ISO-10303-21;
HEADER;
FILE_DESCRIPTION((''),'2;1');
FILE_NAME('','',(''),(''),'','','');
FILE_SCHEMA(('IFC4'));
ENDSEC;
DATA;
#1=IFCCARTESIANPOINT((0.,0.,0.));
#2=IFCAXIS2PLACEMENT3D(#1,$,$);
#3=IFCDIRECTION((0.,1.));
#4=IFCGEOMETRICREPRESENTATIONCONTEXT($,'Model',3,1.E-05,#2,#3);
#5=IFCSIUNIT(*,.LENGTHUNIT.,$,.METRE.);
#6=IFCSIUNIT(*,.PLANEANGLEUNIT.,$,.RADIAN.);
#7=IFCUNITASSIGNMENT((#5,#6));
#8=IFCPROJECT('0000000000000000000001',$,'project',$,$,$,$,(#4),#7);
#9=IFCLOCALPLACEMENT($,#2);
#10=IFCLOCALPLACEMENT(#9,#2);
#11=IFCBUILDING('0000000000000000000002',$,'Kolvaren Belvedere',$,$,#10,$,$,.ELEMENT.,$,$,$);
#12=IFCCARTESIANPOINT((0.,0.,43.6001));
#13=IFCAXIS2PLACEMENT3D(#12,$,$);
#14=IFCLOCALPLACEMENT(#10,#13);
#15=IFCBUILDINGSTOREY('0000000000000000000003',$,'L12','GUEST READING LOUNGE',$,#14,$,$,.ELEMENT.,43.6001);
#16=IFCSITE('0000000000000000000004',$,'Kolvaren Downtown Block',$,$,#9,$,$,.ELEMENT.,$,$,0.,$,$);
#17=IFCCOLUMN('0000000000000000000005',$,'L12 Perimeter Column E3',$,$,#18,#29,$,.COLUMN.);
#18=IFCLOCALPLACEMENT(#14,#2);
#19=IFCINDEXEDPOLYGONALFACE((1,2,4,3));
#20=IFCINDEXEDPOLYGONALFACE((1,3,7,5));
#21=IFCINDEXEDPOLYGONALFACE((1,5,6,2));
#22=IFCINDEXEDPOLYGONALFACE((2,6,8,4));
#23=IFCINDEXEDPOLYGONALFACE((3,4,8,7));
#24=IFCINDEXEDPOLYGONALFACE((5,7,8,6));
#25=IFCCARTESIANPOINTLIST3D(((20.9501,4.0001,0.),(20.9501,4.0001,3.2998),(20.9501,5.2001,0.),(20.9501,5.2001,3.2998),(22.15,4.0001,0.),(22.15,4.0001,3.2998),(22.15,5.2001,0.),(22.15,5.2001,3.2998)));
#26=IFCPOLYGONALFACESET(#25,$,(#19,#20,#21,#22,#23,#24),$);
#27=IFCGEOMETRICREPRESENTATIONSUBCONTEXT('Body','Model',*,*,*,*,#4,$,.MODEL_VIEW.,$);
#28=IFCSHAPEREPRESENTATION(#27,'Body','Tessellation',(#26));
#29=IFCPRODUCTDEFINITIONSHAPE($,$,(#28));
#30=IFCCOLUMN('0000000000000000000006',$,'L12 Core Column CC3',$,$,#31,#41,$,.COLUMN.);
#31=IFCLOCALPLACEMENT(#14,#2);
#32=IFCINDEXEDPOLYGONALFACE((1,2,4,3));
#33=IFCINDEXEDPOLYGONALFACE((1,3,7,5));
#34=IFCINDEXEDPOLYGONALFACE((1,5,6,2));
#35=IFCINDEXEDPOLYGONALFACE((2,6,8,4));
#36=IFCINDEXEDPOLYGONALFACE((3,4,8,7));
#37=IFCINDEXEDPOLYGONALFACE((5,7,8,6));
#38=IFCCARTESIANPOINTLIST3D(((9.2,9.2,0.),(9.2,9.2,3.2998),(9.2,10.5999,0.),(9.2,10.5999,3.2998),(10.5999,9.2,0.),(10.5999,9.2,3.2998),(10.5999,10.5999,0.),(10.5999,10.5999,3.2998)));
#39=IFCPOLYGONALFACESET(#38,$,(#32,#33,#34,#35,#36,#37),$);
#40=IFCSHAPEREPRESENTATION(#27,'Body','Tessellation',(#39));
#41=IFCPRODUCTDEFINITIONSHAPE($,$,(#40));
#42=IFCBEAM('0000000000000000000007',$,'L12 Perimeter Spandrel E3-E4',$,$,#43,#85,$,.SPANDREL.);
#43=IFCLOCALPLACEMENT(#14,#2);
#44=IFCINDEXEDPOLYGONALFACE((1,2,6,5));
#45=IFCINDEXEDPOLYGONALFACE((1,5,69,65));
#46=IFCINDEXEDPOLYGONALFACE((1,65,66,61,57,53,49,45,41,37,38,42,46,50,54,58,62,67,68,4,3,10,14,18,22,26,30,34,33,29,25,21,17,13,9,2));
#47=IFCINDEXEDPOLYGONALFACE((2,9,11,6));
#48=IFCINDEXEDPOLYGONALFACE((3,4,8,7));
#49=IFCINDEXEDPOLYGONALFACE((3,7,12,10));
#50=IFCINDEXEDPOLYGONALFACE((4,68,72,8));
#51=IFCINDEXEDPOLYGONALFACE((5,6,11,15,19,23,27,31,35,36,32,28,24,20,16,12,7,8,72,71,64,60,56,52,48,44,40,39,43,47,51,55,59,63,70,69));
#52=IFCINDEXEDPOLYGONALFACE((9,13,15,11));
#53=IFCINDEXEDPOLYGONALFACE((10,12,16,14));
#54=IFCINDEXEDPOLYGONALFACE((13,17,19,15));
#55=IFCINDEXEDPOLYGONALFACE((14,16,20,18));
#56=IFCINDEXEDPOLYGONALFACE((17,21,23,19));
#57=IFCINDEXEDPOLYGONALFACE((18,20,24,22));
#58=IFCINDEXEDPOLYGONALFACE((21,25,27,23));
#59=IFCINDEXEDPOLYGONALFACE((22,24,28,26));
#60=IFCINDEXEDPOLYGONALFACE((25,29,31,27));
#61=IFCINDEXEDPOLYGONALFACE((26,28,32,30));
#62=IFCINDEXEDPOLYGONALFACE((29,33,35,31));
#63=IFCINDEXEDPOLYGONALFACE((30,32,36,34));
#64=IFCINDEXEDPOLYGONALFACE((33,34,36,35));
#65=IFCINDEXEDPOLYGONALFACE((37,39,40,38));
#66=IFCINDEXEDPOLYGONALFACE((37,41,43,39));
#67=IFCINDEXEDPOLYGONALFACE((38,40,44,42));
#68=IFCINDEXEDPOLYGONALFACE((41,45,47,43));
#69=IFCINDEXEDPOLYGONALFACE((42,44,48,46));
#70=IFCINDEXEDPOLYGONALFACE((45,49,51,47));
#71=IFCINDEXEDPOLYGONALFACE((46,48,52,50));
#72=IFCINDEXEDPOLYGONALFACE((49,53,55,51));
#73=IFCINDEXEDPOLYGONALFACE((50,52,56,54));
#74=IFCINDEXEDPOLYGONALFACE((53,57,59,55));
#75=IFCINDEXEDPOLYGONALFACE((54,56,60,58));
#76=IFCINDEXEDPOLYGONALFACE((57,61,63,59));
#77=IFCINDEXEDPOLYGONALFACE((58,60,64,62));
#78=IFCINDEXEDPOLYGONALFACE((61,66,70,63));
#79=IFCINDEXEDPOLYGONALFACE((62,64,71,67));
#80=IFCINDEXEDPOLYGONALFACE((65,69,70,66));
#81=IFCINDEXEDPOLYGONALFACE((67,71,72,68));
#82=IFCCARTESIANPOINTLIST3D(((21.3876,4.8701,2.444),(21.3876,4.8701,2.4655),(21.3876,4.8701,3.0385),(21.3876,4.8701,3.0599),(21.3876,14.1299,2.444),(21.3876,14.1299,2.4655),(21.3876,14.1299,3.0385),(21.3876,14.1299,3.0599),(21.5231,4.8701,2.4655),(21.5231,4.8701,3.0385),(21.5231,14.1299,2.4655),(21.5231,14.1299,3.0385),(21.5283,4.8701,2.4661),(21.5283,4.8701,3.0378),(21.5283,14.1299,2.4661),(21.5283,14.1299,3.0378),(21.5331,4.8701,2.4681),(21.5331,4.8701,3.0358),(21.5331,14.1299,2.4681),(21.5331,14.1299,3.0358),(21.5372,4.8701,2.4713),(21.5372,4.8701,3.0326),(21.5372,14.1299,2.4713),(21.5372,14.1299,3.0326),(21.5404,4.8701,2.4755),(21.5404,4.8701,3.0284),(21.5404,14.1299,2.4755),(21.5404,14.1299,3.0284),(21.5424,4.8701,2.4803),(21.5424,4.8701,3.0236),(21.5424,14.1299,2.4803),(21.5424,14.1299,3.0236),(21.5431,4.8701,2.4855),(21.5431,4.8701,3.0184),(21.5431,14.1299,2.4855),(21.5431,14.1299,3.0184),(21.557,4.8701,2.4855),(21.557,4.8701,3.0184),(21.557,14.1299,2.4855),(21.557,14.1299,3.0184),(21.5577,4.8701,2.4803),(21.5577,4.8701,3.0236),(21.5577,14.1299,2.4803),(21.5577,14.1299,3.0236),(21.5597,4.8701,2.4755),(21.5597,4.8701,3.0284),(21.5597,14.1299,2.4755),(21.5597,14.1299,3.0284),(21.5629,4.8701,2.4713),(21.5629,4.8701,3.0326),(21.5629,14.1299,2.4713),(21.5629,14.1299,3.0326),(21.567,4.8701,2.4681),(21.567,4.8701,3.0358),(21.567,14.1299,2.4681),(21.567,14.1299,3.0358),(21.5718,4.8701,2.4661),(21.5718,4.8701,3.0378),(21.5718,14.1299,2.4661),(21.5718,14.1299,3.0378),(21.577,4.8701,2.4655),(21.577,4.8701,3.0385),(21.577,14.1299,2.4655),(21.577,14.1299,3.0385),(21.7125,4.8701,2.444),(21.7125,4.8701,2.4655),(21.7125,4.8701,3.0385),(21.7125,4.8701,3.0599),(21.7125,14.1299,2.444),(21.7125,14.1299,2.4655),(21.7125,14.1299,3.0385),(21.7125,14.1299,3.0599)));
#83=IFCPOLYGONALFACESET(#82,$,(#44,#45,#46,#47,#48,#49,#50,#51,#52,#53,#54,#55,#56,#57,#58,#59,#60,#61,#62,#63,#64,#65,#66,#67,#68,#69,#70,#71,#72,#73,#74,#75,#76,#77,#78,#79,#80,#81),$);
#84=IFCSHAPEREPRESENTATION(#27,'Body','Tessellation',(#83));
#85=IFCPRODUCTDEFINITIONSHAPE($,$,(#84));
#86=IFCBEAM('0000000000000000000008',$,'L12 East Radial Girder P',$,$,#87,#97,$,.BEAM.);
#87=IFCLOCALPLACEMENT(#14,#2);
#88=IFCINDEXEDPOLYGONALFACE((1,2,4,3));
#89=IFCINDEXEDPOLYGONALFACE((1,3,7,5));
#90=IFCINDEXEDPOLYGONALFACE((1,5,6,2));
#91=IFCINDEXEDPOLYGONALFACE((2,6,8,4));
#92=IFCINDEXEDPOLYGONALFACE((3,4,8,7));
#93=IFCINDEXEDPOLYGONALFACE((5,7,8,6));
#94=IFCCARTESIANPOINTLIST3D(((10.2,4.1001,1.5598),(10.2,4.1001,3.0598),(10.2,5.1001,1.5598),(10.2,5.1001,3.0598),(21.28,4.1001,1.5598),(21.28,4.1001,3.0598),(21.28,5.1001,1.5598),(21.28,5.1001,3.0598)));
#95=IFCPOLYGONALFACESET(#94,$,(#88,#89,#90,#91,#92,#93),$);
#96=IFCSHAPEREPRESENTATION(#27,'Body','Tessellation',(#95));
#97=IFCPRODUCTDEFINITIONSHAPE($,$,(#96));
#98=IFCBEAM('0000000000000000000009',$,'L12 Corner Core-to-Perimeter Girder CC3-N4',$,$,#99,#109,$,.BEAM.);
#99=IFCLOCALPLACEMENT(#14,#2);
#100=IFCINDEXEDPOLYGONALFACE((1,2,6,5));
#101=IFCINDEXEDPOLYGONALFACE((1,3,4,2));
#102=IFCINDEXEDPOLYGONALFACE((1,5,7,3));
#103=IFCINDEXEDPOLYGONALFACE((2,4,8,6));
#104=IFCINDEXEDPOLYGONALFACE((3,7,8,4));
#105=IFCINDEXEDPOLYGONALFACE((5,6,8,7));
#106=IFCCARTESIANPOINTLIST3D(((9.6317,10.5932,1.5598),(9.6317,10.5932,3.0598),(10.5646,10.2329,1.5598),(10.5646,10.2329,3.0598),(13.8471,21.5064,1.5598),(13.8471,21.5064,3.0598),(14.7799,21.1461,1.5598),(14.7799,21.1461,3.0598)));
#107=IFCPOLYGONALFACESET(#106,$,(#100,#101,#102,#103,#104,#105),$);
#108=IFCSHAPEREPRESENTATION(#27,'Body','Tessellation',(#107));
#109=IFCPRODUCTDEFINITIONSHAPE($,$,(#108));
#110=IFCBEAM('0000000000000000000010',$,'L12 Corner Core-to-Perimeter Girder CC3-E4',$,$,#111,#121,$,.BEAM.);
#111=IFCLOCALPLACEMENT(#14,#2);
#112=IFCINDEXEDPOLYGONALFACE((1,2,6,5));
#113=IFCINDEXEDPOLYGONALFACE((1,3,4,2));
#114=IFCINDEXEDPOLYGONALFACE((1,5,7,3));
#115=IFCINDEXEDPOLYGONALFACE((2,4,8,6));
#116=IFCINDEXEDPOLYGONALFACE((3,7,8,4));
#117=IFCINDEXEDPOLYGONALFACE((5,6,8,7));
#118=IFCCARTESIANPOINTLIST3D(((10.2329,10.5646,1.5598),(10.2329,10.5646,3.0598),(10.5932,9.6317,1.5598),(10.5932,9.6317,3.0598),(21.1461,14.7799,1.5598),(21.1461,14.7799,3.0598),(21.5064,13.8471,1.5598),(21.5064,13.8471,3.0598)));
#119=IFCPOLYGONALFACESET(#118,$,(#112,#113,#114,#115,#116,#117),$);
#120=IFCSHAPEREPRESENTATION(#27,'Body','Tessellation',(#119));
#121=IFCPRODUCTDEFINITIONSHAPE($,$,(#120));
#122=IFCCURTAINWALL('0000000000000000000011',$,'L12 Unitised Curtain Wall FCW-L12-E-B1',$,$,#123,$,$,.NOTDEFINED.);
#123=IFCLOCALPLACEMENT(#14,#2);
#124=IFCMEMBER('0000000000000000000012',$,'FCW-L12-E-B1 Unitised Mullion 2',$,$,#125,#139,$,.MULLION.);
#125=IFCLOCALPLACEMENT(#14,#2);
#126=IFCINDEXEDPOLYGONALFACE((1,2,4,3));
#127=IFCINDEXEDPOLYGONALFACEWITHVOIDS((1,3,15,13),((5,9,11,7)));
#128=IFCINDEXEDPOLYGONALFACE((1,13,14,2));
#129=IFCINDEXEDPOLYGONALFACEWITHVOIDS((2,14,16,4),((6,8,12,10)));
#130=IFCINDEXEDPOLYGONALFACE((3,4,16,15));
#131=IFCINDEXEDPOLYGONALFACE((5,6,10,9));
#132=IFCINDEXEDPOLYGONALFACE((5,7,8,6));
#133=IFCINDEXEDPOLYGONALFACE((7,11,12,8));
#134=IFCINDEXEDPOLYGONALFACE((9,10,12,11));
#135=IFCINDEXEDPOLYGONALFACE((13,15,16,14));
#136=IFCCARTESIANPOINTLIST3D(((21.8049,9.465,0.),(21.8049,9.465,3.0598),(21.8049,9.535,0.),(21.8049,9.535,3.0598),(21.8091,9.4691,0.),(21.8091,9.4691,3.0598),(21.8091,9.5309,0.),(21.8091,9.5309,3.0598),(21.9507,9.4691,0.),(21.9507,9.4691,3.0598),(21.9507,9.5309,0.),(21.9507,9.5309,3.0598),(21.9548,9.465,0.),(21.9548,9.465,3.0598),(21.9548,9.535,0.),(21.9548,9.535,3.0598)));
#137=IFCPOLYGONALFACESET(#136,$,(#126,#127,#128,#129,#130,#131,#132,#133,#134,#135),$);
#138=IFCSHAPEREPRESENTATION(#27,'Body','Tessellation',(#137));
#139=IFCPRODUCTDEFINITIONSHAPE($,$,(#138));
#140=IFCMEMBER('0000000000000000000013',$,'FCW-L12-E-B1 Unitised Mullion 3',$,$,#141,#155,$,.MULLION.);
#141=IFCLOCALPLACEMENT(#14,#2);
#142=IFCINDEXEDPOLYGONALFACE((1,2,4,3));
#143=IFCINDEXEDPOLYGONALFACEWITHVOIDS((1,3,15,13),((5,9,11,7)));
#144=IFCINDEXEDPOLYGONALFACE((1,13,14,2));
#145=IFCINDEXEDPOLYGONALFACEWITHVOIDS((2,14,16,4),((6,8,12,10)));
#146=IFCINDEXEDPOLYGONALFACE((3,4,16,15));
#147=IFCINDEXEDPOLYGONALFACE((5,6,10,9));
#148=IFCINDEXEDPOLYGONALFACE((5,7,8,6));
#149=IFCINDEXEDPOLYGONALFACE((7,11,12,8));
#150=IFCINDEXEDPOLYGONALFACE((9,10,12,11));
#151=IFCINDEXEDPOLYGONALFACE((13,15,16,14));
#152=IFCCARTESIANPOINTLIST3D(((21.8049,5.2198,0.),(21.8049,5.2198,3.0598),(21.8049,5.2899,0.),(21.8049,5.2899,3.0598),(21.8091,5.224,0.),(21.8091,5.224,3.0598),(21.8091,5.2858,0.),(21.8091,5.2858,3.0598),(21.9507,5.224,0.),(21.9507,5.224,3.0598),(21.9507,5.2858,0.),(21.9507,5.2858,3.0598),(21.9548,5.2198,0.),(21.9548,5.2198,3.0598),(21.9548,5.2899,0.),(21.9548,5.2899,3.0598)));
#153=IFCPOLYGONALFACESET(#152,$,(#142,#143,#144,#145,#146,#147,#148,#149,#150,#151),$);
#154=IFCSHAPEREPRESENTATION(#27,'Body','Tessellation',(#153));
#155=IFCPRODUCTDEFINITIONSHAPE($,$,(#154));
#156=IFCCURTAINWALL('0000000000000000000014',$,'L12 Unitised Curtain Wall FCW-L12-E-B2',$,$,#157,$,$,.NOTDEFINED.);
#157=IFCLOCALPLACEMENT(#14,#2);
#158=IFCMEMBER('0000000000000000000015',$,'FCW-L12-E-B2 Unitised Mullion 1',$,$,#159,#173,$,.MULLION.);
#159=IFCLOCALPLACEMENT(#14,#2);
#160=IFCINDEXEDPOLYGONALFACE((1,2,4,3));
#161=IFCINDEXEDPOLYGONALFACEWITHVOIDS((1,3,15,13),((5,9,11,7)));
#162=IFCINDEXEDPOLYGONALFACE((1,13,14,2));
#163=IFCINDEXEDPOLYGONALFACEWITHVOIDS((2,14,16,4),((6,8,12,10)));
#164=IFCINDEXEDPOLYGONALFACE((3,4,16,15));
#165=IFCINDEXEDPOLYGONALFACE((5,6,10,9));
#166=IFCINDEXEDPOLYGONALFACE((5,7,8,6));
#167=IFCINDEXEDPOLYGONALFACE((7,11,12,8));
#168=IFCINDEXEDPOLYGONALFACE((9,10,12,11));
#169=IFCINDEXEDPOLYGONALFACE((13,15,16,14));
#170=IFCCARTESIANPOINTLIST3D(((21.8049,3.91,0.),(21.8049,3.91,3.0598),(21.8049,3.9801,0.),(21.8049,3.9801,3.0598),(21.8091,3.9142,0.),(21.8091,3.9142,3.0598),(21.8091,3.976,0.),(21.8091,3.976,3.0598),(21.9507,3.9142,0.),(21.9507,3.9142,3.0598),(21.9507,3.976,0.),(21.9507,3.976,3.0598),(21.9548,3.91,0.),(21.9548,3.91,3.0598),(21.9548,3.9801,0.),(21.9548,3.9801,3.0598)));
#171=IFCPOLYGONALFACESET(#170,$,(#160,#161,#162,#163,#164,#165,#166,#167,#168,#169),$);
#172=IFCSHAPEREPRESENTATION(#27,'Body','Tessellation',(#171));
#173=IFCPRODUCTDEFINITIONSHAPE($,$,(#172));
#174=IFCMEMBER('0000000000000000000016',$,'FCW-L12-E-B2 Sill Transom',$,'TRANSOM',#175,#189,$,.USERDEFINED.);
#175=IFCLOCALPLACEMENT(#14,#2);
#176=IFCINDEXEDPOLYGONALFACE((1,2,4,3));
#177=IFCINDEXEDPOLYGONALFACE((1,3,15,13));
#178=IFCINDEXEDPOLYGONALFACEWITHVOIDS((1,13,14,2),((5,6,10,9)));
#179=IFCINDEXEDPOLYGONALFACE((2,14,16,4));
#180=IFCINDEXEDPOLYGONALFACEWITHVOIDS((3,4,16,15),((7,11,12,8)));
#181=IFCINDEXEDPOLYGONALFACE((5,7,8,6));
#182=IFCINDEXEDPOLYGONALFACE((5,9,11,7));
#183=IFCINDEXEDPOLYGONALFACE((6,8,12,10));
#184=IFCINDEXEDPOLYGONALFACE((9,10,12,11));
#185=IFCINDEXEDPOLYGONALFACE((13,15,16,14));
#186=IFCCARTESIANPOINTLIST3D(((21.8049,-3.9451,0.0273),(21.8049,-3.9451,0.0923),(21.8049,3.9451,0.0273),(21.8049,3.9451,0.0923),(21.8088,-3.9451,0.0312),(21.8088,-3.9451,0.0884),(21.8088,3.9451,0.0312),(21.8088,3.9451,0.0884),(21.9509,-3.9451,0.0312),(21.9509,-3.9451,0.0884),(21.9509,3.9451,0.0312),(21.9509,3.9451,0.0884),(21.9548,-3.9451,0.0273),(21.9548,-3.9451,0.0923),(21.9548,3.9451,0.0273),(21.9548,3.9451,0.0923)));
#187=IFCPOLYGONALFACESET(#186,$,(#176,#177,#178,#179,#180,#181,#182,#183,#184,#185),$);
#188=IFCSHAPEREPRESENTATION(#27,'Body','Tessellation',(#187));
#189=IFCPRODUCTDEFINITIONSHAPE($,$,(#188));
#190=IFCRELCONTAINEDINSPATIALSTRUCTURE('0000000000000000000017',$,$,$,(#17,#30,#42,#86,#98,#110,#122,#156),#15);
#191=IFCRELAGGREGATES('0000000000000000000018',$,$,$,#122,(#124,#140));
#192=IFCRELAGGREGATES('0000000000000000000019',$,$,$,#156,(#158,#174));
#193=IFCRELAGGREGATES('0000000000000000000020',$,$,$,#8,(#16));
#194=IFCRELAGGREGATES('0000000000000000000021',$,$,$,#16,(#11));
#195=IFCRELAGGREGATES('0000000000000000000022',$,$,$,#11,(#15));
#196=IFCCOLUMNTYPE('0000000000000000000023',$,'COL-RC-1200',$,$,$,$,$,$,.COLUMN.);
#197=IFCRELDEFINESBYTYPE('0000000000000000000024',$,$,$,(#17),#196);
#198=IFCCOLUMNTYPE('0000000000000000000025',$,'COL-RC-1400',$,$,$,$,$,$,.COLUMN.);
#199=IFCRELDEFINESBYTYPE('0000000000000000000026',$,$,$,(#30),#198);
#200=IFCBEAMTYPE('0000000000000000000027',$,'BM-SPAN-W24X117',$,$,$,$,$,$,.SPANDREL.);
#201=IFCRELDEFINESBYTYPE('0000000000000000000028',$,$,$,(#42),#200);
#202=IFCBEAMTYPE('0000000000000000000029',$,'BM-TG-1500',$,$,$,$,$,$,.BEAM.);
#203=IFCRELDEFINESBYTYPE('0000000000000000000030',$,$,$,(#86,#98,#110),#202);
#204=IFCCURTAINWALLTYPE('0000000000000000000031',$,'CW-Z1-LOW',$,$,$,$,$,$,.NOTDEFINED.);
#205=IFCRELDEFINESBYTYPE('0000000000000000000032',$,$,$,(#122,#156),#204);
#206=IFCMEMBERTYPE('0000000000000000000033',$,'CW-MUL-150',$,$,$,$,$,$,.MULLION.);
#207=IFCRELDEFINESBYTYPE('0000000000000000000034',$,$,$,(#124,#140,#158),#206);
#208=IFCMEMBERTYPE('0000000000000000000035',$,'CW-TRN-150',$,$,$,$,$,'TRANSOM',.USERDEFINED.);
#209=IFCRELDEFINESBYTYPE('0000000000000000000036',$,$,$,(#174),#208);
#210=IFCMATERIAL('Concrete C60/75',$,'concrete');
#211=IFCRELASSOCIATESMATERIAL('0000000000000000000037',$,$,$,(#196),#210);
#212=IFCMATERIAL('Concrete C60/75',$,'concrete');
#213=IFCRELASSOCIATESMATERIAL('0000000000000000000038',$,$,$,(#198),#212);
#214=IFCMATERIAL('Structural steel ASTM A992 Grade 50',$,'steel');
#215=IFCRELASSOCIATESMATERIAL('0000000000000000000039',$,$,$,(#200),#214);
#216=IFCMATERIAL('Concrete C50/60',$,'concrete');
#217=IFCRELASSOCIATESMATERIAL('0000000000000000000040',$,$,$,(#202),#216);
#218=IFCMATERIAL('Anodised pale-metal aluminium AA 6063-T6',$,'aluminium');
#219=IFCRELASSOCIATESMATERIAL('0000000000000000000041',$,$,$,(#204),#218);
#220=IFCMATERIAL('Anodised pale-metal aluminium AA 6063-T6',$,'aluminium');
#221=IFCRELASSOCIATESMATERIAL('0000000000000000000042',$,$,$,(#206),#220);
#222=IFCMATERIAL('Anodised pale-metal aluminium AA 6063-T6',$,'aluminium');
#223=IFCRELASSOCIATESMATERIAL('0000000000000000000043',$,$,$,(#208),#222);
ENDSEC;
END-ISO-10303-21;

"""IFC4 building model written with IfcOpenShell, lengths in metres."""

from ifc_helpers import new_model, si_unit, direction, frame, origin, origin_2d, place, context, subcontext, project, spatial, rectangle, hollow_rectangle, i_section, extrude, material, material_profile, profile_set, type_object, element, aggregate, save


model = new_model("IFC4")

# Units and contexts
model_context = context("Model", 3, precision=1e-05, world=origin(), true_north=direction((0.0, 1.0)))
body_context = subcontext(model_context, "Body", "Model", "MODEL_VIEW")
ifc_project = project(units=[si_unit("LENGTHUNIT", "METRE"), si_unit("PLANEANGLEUNIT", "RADIAN")], contexts=[model_context])

# Site, building, storey
site_placement = place(None, origin())
site = spatial("IfcSite", under=ifc_project, at=site_placement, Name="Kolvaren Downtown Block", CompositionType="ELEMENT", RefElevation=0.0)
building_placement = place(site_placement, origin())
building = spatial("IfcBuilding", under=site, at=building_placement, Name="Kolvaren Belvedere", CompositionType="ELEMENT")
storey_placement = place(building_placement, frame((0.0, 0.0, 43.6001)))
storey = spatial("IfcBuildingStorey", under=building, at=storey_placement, Name="L12", Description="GUEST READING LOUNGE", CompositionType="ELEMENT", Elevation=43.6001)

# Columns
ifc_material_1 = material(Name="Concrete C60/75", Category="concrete")
ifc_material_profile_1 = material_profile(ifc_material_1, rectangle(XDim=1.2, YDim=1.2, at=origin_2d()), Name="RC 1200X1200")
ifc_profile_set_1 = profile_set([ifc_material_profile_1], Name="Concrete C60/75")
column_type_1 = type_object("IfcColumnType", Name="COL-RC-1200", PredefinedType="COLUMN", material=ifc_profile_set_1)
column_1_placement = place(storey_placement, frame((21.55, 4.6001, 0.0), z_axis=(0.0, 0.0, 1.0), x_axis=(1.0, 0.0, 0.0)))
element("IfcColumn", 1, at=column_1_placement, inside=storey, type_object=column_type_1, Name="L12 Perimeter Column E3", PredefinedType="COLUMN", context=body_context, shape_type="SweptSolid", body=[
    extrude(rectangle(XDim=1.2, YDim=1.2, at=origin_2d()), origin(), (0.0, 0.0, 1.0), 3.2998),
])
ifc_material_2 = material(Name="Concrete C60/75", Category="concrete")
ifc_material_profile_2 = material_profile(ifc_material_2, rectangle(XDim=1.3999, YDim=1.3999, at=origin_2d()), Name="RC 1400X1400")
ifc_profile_set_2 = profile_set([ifc_material_profile_2], Name="Concrete C60/75")
column_type_2 = type_object("IfcColumnType", Name="COL-RC-1400", PredefinedType="COLUMN", material=ifc_profile_set_2)
column_2_placement = place(storey_placement, frame((9.8999, 9.8999, 0.0), z_axis=(0.0, 0.0, 1.0), x_axis=(1.0, 0.0, 0.0)))
element("IfcColumn", 2, at=column_2_placement, inside=storey, type_object=column_type_2, Name="L12 Core Column CC3", PredefinedType="COLUMN", context=body_context, shape_type="SweptSolid", body=[
    extrude(rectangle(XDim=1.3999, YDim=1.3999, at=origin_2d()), origin(), (0.0, 0.0, 1.0), 3.2998),
])

# Beams
ifc_material_3 = material(Name="Structural steel ASTM A992 Grade 50", Category="steel")
ifc_material_profile_3 = material_profile(ifc_material_3, i_section(OverallWidth=0.325, OverallDepth=0.616, WebThickness=0.0139, FlangeThickness=0.0215, FilletRadius=0.02, at=origin_2d()), Name="W24X117")
ifc_profile_set_3 = profile_set([ifc_material_profile_3], Name="Structural steel ASTM A992 Grade 50")
beam_type_1 = type_object("IfcBeamType", Name="BM-SPAN-W24X117", PredefinedType="SPANDREL", material=ifc_profile_set_3)
beam_1_placement = place(storey_placement, frame((21.55, 4.8701, 2.752), z_axis=(0.0, 1.0, 0.0), x_axis=(-1.0, 0.0, 0.0)))
element("IfcBeam", 3, at=beam_1_placement, inside=storey, type_object=beam_type_1, Name="L12 Perimeter Spandrel E3-E4", PredefinedType="SPANDREL", context=body_context, shape_type="SweptSolid", body=[
    extrude(i_section(OverallWidth=0.325, OverallDepth=0.616, WebThickness=0.0139, FlangeThickness=0.0215, FilletRadius=0.02, at=origin_2d()), origin(), (0.0, 0.0, 1.0), 9.2598),
])
ifc_material_4 = material(Name="Concrete C50/60", Category="concrete")
ifc_material_profile_4 = material_profile(ifc_material_4, rectangle(XDim=1.0, YDim=1.5, at=origin_2d()), Name="RC 1000X1500")
ifc_profile_set_4 = profile_set([ifc_material_profile_4], Name="Concrete C50/60")
beam_type_2 = type_object("IfcBeamType", Name="BM-TG-1500", PredefinedType="BEAM", material=ifc_profile_set_4)
beam_2_placement = place(storey_placement, frame((10.2, 4.6001, 2.3098), z_axis=(1.0, 0.0, 0.0), x_axis=(0.0, 1.0, 0.0)))
element("IfcBeam", 4, at=beam_2_placement, inside=storey, type_object=beam_type_2, Name="L12 East Radial Girder P", PredefinedType="BEAM", context=body_context, shape_type="SweptSolid", body=[
    extrude(rectangle(XDim=1.0, YDim=1.5, at=origin_2d()), origin(), (0.0, 0.0, 1.0), 11.0801),
])
for number, where, z_axis, x_axis, name in (
    (5, (10.0981, 10.4131, 2.3098), (0.360318, 0.932829, 0.0), (-0.932829, 0.360318, 0.0), "L12 Corner Core-to-Perimeter Girder CC3-N4"),
    (6, (10.4131, 10.0981, 2.3098), (0.932829, 0.360318, 0.0), (-0.360318, 0.932829, 0.0), "L12 Corner Core-to-Perimeter Girder CC3-E4"),
):
    element("IfcBeam", number, at=place(storey_placement, frame(where, z_axis=z_axis, x_axis=x_axis)), inside=storey, type_object=beam_type_2, Name=name, PredefinedType="BEAM", context=body_context, shape_type="SweptSolid", body=[
        extrude(rectangle(XDim=1.0, YDim=1.5, at=origin_2d()), origin(), (0.0, 0.0, 1.0), 11.699),
    ])

# Curtain walls, members
ifc_material_5 = material(Name="Anodised pale-metal aluminium AA 6063-T6", Category="aluminium")
curtain_wall_type = type_object("IfcCurtainWallType", Name="CW-Z1-LOW", PredefinedType="NOTDEFINED", material=ifc_material_5)
curtain_wall_1_placement = place(storey_placement, origin())
curtain_wall_1 = element("IfcCurtainWall", 7, at=curtain_wall_1_placement, inside=storey, type_object=curtain_wall_type, Name="L12 Unitised Curtain Wall FCW-L12-E-B1", PredefinedType="NOTDEFINED")
ifc_material_6 = material(Name="Anodised pale-metal aluminium AA 6063-T6", Category="aluminium")
ifc_material_profile_5 = material_profile(ifc_material_6, hollow_rectangle(XDim=0.0701, YDim=0.1499, WallThickness=0.0042, at=origin_2d()), Name="ALU-MUL-150X70")
ifc_profile_set_5 = profile_set([ifc_material_profile_5], Name="Anodised pale-metal aluminium AA 6063-T6")
member_type_1 = type_object("IfcMemberType", Name="CW-MUL-150", PredefinedType="MULLION", material=ifc_profile_set_5)
member_1_placement = place(storey_placement, frame((21.8799, 9.5, 0.0), z_axis=(0.0, 0.0, 1.0), x_axis=(0.0, 1.0, 0.0)))
member_1 = element("IfcMember", 8, at=member_1_placement, type_object=member_type_1, Name="FCW-L12-E-B1 Unitised Mullion 2", PredefinedType="MULLION", context=body_context, shape_type="SweptSolid", body=[
    extrude(hollow_rectangle(XDim=0.0701, YDim=0.1499, WallThickness=0.0042, at=origin_2d()), origin(), (0.0, 0.0, 1.0), 3.0598),
])
member_2_placement = place(storey_placement, frame((21.8799, 5.2549, 0.0), z_axis=(0.0, 0.0, 1.0), x_axis=(0.0, 1.0, 0.0)))
member_2 = element("IfcMember", 9, at=member_2_placement, type_object=member_type_1, Name="FCW-L12-E-B1 Unitised Mullion 3", PredefinedType="MULLION", context=body_context, shape_type="SweptSolid", body=[
    extrude(hollow_rectangle(XDim=0.0701, YDim=0.1499, WallThickness=0.0042, at=origin_2d()), origin(), (0.0, 0.0, 1.0), 3.0598),
])
curtain_wall_2_placement = place(storey_placement, origin())
curtain_wall_2 = element("IfcCurtainWall", 10, at=curtain_wall_2_placement, inside=storey, type_object=curtain_wall_type, Name="L12 Unitised Curtain Wall FCW-L12-E-B2", PredefinedType="NOTDEFINED")
member_3_placement = place(storey_placement, frame((21.8799, 3.9451, 0.0), z_axis=(0.0, 0.0, 1.0), x_axis=(0.0, 1.0, 0.0)))
member_3 = element("IfcMember", 11, at=member_3_placement, type_object=member_type_1, Name="FCW-L12-E-B2 Unitised Mullion 1", PredefinedType="MULLION", context=body_context, shape_type="SweptSolid", body=[
    extrude(hollow_rectangle(XDim=0.0701, YDim=0.1499, WallThickness=0.0042, at=origin_2d()), origin(), (0.0, 0.0, 1.0), 3.0598),
])
ifc_material_7 = material(Name="Anodised pale-metal aluminium AA 6063-T6", Category="aluminium")
ifc_material_profile_6 = material_profile(ifc_material_7, hollow_rectangle(XDim=0.0649, YDim=0.1499, WallThickness=0.0039, at=origin_2d()), Name="ALU-TRN-150X65")
ifc_profile_set_6 = profile_set([ifc_material_profile_6], Name="Anodised pale-metal aluminium AA 6063-T6")
member_type_2 = type_object("IfcMemberType", Name="CW-TRN-150", ElementType="TRANSOM", PredefinedType="USERDEFINED", material=ifc_profile_set_6)
member_4_placement = place(storey_placement, frame((21.8799, 3.9451, 0.0598), z_axis=(0.0, -1.0, 0.0), x_axis=(0.0, 0.0, 1.0)))
member_4 = element("IfcMember", 12, at=member_4_placement, type_object=member_type_2, Name="FCW-L12-E-B2 Sill Transom", ObjectType="TRANSOM", PredefinedType="USERDEFINED", context=body_context, shape_type="SweptSolid", body=[
    extrude(hollow_rectangle(XDim=0.0649, YDim=0.1499, WallThickness=0.0039, at=origin_2d()), origin(), (0.0, 0.0, 1.0), 7.8901),
])

aggregate(curtain_wall_1, [member_1, member_2])
aggregate(curtain_wall_2, [member_3, member_4])

save(model, "model.ifc")
